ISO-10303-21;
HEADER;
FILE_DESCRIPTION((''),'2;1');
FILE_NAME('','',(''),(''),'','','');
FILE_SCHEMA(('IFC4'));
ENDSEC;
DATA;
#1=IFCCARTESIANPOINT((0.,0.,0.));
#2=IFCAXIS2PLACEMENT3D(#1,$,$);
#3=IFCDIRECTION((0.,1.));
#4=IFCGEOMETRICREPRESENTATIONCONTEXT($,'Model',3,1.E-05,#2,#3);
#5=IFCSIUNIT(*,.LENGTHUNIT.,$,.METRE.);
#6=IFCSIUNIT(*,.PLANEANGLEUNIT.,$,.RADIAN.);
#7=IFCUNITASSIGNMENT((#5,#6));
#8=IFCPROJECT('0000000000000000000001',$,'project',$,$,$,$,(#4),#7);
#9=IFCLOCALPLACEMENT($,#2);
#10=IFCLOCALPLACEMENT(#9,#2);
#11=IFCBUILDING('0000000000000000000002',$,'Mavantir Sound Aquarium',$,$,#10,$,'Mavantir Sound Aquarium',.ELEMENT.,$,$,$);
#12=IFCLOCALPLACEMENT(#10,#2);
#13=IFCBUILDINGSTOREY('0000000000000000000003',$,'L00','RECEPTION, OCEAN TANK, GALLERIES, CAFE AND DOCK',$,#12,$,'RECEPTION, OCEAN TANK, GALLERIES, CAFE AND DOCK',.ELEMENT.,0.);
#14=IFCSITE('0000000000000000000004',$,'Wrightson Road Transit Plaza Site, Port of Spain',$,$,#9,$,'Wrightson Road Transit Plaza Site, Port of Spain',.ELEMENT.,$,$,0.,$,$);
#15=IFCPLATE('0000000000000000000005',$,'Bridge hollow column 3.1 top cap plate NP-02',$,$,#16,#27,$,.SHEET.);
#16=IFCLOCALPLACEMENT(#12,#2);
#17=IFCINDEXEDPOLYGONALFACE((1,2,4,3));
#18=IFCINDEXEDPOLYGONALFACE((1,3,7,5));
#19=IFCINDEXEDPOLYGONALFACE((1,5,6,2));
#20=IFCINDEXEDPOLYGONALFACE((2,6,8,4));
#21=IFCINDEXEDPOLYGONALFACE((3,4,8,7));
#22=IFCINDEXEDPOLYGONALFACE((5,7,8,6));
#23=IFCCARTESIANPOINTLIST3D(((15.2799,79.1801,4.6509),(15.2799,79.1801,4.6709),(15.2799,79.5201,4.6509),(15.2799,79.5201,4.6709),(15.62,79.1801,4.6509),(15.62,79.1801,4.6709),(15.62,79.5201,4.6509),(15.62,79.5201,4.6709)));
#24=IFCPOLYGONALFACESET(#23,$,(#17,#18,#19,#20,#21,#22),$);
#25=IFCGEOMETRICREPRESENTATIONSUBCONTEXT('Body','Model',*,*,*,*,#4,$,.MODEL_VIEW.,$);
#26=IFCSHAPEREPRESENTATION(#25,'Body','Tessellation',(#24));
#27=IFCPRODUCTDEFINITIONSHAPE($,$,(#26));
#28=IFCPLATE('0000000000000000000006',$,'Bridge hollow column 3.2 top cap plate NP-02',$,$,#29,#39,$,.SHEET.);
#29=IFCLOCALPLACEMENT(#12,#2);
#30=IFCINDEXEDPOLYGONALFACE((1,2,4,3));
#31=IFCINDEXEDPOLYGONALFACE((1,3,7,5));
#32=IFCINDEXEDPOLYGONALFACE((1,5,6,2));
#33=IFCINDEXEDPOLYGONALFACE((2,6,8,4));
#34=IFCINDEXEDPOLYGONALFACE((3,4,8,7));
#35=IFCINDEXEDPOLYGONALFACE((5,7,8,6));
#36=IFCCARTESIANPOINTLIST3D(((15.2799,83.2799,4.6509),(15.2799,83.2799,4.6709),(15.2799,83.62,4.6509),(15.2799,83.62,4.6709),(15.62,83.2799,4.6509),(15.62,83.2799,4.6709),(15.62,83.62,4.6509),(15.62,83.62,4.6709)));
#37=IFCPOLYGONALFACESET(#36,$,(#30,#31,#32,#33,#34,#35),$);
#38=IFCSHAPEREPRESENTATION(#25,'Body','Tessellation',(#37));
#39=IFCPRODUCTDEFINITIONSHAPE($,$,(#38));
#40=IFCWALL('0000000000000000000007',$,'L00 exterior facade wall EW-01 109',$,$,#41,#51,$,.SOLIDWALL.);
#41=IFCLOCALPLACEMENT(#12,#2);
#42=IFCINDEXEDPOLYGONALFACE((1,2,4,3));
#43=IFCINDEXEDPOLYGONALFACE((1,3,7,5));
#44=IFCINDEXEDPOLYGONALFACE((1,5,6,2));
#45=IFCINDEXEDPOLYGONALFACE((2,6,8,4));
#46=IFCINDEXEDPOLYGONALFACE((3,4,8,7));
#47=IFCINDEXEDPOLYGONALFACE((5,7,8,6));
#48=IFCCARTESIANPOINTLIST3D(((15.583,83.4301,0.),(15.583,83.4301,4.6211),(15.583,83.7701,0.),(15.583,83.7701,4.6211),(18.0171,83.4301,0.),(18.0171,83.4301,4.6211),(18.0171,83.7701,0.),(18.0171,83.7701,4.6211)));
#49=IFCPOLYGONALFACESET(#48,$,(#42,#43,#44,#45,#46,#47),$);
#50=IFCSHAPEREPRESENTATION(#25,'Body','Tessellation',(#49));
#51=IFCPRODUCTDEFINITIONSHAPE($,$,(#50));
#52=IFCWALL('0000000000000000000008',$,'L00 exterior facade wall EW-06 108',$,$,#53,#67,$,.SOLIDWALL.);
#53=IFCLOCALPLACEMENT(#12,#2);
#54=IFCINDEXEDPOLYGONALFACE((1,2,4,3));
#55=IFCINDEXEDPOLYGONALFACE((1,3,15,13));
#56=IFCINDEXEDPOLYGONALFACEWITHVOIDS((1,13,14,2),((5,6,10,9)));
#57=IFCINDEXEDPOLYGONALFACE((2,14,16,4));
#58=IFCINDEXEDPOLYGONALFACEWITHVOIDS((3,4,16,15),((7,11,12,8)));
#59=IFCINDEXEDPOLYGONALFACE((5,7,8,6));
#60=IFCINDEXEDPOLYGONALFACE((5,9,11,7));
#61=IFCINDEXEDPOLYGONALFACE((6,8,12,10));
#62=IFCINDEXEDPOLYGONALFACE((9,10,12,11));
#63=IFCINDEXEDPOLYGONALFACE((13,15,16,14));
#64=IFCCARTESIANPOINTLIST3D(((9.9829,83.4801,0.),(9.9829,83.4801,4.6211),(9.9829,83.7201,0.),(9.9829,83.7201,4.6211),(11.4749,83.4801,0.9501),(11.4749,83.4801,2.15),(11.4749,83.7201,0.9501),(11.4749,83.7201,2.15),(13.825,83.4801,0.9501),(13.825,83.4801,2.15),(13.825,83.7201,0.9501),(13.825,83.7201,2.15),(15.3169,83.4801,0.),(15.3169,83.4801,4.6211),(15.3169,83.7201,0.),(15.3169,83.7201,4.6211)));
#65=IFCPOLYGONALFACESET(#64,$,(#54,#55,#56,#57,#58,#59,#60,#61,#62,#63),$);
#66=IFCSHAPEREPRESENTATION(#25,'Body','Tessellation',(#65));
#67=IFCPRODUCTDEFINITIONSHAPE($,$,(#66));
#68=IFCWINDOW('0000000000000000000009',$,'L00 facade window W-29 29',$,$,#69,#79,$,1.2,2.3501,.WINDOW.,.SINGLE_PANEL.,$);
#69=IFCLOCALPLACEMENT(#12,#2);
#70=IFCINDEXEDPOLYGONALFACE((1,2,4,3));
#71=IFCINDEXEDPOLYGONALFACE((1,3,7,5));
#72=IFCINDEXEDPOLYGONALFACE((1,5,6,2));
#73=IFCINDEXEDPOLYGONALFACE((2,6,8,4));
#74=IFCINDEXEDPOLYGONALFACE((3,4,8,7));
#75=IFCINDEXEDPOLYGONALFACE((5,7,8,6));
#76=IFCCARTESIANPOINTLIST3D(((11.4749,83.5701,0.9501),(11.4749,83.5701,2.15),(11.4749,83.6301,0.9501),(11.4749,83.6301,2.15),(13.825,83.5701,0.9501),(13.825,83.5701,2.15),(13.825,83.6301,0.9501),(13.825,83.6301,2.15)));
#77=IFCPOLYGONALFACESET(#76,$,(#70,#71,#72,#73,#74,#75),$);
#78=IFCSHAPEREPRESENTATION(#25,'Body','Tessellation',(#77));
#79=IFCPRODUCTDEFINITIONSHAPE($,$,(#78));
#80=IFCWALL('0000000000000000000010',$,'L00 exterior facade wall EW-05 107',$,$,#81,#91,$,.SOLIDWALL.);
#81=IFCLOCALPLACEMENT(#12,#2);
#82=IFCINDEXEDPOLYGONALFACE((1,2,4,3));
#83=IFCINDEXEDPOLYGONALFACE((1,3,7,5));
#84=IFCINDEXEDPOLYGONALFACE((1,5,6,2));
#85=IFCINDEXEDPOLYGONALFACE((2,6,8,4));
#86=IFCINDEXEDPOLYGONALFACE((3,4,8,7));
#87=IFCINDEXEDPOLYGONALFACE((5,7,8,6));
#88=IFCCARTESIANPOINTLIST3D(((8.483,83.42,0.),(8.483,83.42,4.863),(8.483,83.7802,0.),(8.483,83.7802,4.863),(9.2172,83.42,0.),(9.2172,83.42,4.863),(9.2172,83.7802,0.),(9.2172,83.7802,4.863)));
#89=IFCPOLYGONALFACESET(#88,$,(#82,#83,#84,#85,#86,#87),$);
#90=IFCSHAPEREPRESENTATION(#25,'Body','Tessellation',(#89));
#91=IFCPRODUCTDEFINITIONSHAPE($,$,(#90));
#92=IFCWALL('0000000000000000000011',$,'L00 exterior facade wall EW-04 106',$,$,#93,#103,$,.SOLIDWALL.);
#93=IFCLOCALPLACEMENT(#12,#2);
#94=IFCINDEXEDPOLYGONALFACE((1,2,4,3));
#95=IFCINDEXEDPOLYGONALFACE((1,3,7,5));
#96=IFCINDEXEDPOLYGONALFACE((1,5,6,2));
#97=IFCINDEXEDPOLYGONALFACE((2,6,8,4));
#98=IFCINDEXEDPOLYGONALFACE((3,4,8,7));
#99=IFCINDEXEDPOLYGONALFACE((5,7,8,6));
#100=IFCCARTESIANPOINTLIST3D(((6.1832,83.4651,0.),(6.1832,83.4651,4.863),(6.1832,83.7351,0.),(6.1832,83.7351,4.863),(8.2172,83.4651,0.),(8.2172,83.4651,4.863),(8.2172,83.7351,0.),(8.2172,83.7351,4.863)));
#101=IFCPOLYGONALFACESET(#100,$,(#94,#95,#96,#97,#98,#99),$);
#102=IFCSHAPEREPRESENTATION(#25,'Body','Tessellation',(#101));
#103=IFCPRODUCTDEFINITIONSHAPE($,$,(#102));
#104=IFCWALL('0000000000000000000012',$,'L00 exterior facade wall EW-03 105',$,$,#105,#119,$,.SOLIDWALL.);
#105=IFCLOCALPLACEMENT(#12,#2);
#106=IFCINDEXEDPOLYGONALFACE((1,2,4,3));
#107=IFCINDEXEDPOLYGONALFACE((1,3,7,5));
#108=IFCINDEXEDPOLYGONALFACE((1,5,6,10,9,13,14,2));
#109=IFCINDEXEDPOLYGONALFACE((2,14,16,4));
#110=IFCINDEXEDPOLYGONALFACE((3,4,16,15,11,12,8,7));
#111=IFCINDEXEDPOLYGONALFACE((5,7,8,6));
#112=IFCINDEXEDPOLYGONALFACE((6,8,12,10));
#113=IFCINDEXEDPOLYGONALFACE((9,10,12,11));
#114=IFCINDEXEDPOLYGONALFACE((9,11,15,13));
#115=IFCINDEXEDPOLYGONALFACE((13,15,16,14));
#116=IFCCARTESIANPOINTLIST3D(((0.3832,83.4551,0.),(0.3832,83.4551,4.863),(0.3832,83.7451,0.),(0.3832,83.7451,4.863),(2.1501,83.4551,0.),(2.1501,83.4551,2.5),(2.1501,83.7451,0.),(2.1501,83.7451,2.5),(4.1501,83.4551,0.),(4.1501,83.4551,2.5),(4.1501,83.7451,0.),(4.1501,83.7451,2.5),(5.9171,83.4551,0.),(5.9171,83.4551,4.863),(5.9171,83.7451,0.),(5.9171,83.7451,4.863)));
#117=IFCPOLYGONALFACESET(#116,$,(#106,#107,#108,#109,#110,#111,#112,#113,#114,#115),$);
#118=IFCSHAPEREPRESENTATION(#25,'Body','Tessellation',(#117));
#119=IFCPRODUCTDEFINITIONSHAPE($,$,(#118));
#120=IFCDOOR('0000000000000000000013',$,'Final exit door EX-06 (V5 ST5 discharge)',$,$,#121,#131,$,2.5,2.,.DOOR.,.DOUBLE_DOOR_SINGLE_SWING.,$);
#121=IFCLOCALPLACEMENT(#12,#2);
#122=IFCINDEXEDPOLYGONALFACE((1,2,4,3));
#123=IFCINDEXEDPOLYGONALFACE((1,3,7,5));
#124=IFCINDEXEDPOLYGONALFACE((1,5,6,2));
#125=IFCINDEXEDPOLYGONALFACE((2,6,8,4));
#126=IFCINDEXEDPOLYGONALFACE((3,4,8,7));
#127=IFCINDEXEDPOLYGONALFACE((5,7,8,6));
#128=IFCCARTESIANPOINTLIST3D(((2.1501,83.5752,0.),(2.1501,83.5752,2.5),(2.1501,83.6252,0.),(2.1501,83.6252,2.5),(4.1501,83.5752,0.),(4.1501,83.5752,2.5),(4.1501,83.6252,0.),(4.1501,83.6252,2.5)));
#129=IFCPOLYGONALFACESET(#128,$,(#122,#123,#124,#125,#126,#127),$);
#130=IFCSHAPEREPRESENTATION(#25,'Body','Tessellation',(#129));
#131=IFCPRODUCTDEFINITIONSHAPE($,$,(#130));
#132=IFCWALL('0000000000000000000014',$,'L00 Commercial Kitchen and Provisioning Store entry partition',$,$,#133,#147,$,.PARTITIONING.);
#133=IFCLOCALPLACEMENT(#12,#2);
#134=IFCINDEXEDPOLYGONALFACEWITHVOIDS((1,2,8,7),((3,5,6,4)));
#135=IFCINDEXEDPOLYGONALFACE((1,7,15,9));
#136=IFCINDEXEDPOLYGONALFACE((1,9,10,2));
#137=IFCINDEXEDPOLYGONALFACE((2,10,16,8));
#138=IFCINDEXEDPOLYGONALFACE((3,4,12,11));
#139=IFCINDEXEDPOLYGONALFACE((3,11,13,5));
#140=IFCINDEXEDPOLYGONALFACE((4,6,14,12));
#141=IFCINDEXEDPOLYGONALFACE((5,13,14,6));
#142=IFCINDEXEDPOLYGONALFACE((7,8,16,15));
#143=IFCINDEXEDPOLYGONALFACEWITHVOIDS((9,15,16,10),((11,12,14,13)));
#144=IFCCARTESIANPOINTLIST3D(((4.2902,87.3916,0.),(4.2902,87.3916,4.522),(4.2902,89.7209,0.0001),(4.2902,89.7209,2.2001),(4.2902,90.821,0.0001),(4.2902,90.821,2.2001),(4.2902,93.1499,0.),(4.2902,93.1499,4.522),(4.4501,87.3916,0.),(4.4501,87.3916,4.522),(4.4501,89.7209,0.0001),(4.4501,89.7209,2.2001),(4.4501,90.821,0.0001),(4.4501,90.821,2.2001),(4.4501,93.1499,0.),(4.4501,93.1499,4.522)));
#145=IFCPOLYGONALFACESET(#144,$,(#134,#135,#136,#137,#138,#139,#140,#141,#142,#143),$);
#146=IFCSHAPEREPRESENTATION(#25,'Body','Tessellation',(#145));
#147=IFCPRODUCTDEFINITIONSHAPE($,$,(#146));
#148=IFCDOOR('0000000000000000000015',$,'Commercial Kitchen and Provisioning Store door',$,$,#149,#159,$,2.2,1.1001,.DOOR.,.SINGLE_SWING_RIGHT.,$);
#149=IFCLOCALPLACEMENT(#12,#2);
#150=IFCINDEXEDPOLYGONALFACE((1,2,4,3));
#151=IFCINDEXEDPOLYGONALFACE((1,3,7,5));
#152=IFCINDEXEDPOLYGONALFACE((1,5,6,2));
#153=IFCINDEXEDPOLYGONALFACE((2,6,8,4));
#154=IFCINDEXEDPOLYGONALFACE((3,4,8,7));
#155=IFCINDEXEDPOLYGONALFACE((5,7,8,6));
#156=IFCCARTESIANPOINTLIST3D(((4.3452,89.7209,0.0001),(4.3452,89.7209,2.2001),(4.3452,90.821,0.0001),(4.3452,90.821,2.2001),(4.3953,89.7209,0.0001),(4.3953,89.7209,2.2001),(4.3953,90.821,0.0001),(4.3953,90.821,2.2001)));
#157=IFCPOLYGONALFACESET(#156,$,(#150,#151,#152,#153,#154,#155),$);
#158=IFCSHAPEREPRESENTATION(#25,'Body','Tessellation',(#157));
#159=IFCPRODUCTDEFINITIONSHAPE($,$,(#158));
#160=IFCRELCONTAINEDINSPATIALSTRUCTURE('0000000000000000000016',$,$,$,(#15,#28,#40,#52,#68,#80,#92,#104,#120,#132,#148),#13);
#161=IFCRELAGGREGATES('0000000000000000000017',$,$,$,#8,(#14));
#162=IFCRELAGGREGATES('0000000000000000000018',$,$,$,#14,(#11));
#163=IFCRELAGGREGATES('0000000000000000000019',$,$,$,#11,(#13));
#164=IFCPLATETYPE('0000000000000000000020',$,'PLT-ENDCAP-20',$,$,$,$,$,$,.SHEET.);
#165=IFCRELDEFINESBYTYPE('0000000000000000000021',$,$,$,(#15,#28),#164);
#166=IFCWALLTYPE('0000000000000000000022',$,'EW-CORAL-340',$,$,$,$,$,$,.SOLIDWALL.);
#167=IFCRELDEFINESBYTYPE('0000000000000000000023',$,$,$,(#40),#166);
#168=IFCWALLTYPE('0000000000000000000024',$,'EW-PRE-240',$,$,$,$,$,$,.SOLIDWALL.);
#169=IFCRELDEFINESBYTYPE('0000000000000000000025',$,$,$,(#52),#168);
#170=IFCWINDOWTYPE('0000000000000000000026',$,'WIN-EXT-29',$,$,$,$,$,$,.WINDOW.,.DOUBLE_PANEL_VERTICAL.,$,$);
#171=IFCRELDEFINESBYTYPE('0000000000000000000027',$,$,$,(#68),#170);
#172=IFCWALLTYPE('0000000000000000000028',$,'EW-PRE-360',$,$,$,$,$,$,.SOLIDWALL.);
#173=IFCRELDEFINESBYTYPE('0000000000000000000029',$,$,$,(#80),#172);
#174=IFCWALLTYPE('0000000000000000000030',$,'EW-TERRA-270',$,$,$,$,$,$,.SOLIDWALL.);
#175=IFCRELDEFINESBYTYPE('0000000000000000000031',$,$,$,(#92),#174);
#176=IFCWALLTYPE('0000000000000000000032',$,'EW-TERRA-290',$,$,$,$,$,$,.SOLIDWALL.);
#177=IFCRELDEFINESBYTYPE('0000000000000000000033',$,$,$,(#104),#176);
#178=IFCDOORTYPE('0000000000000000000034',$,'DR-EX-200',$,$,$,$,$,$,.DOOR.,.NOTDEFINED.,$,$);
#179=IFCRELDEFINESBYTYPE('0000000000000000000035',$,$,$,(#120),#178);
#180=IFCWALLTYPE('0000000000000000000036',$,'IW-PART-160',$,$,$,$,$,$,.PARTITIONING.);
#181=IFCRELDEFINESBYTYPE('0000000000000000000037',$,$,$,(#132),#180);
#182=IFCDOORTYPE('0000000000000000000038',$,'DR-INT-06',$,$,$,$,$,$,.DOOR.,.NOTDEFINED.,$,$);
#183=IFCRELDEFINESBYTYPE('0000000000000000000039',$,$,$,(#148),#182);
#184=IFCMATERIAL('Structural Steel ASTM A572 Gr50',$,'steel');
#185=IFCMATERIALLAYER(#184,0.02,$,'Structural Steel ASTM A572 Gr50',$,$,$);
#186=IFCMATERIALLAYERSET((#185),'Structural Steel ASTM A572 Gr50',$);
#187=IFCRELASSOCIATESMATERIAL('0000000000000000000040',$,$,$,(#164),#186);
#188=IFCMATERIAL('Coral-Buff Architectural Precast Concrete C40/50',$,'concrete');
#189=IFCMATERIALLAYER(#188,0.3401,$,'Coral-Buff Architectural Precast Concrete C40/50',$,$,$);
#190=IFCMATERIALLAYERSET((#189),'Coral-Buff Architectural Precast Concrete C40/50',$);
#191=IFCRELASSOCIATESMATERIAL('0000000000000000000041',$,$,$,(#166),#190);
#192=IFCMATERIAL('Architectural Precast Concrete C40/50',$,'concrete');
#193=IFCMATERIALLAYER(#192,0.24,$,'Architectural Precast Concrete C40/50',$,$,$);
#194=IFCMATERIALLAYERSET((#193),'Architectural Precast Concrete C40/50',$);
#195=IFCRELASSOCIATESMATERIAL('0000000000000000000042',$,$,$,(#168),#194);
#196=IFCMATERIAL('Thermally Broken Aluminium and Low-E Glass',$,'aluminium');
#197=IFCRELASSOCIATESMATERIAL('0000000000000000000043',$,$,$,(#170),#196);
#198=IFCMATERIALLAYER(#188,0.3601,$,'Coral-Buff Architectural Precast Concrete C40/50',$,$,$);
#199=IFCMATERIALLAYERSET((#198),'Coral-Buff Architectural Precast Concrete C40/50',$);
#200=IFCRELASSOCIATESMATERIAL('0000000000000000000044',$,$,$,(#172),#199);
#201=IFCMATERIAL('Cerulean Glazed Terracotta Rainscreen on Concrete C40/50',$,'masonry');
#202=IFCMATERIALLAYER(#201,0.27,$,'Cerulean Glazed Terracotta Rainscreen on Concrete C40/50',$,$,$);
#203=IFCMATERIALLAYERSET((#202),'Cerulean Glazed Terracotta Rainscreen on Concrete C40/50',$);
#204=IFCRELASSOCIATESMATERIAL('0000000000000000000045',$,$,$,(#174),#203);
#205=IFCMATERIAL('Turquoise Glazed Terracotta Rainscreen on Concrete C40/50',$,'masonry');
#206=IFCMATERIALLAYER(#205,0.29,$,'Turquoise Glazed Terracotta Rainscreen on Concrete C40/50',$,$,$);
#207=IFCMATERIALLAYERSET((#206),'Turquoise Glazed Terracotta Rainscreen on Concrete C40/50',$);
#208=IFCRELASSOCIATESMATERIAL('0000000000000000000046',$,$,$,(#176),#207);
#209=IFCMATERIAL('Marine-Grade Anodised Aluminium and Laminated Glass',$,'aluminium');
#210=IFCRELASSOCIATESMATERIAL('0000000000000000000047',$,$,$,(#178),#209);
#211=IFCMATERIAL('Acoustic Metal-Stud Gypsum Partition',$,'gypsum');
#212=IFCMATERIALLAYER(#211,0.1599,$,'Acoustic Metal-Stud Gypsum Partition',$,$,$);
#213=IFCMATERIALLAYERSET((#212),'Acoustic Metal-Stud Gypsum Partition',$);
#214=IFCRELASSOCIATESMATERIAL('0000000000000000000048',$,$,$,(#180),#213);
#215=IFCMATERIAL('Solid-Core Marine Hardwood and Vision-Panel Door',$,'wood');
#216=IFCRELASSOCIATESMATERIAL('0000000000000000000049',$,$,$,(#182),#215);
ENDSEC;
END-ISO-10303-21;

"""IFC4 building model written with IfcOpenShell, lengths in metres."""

from ifc_helpers import new_model, si_unit, direction, frame, frame_2d, origin, origin_2d, place, context, subcontext, project, spatial, rectangle, extrude, material, layer, layer_set, type_object, element, fill, save


model = new_model("IFC4")

# Units and contexts
model_context = context("Model", 3, precision=1e-05, world=origin(), true_north=direction((0.0, 1.0)))
body_context = subcontext(model_context, "Body", "Model", "MODEL_VIEW")
ifc_project = project(units=[si_unit("LENGTHUNIT", "METRE"), si_unit("PLANEANGLEUNIT", "RADIAN")], contexts=[model_context])

# Site, building, storey
site_placement = place(None, origin())
site = spatial("IfcSite", under=ifc_project, at=site_placement, Name="Wrightson Road Transit Plaza Site, Port of Spain", LongName="Wrightson Road Transit Plaza Site, Port of Spain", CompositionType="ELEMENT", RefElevation=0.0)
building_placement = place(site_placement, origin())
building = spatial("IfcBuilding", under=site, at=building_placement, Name="Mavantir Sound Aquarium", LongName="Mavantir Sound Aquarium", CompositionType="ELEMENT")
storey_placement = place(building_placement, origin())
storey = spatial("IfcBuildingStorey", under=building, at=storey_placement, Name="L00", Description="RECEPTION, OCEAN TANK, GALLERIES, CAFE AND DOCK", LongName="RECEPTION, OCEAN TANK, GALLERIES, CAFE AND DOCK", CompositionType="ELEMENT", Elevation=0.0)

# Plates
ifc_material_1 = material(Name="Structural Steel ASTM A572 Gr50", Category="steel")
ifc_layer_1 = layer(ifc_material_1, 0.02, Name="Structural Steel ASTM A572 Gr50")
ifc_layer_set_1 = layer_set([ifc_layer_1], Name="Structural Steel ASTM A572 Gr50")
plate_type = type_object("IfcPlateType", Name="PLT-ENDCAP-20", PredefinedType="SHEET", material=ifc_layer_set_1)
for number, where, z_axis, x_axis, name in (
    (1, (15.45, 79.3501, 4.6509), (0.0, 0.0, 1.0), (1.0, 0.0, 0.0), "Bridge hollow column 3.1 top cap plate NP-02"),
    (2, (15.45, 83.45, 4.6509), (0.0, 0.0, 1.0), (1.0, 0.0, 0.0), "Bridge hollow column 3.2 top cap plate NP-02"),
):
    element("IfcPlate", number, at=place(storey_placement, frame(where, z_axis=z_axis, x_axis=x_axis)), inside=storey, type_object=plate_type, Name=name, PredefinedType="SHEET", context=body_context, shape_type="SweptSolid", body=[
        extrude(rectangle(XDim=0.3401, YDim=0.3401, at=origin_2d()), origin(), (0.0, 0.0, 1.0), 0.02),
    ])

# Wall
ifc_material_2 = material(Name="Coral-Buff Architectural Precast Concrete C40/50", Category="concrete")
ifc_layer_2 = layer(ifc_material_2, 0.3401, Name="Coral-Buff Architectural Precast Concrete C40/50")
ifc_layer_set_2 = layer_set([ifc_layer_2], Name="Coral-Buff Architectural Precast Concrete C40/50")
wall_type_1 = type_object("IfcWallType", Name="EW-CORAL-340", PredefinedType="SOLIDWALL", material=ifc_layer_set_2)
wall_1_placement = place(storey_placement, frame((15.583, 83.6001, 0.0), z_axis=(0.0, 0.0, 1.0), x_axis=(1.0, 0.0, 0.0)))
element("IfcWall", 3, at=wall_1_placement, inside=storey, type_object=wall_type_1, Name="L00 exterior facade wall EW-01 109", PredefinedType="SOLIDWALL", context=body_context, shape_type="SweptSolid", body=[
    extrude(rectangle(XDim=2.4341, YDim=0.3401, at=frame_2d((1.217, 0.0))), origin(), (0.0, 0.0, 1.0), 4.6211),
])

# Wall, opening, window
ifc_material_3 = material(Name="Architectural Precast Concrete C40/50", Category="concrete")
ifc_layer_3 = layer(ifc_material_3, 0.24, Name="Architectural Precast Concrete C40/50")
ifc_layer_set_3 = layer_set([ifc_layer_3], Name="Architectural Precast Concrete C40/50")
wall_type_2 = type_object("IfcWallType", Name="EW-PRE-240", PredefinedType="SOLIDWALL", material=ifc_layer_set_3)
wall_2_placement = place(storey_placement, frame((9.9829, 83.6001, 0.0), z_axis=(0.0, 0.0, 1.0), x_axis=(1.0, 0.0, 0.0)))
wall_2 = element("IfcWall", 4, at=wall_2_placement, inside=storey, type_object=wall_type_2, Name="L00 exterior facade wall EW-06 108", PredefinedType="SOLIDWALL", context=body_context, shape_type="SweptSolid", body=[
    extrude(rectangle(XDim=5.334, YDim=0.24, at=frame_2d((2.667, 0.0))), origin(), (0.0, 0.0, 1.0), 4.6211),
])
opening_1_placement = place(wall_2_placement, frame((1.4919, 0.0, 0.95)))
opening_1 = element("IfcOpeningElement", 5, at=opening_1_placement, cuts=wall_2, PredefinedType="OPENING", context=body_context, shape_type="SweptSolid", body=[
    extrude(rectangle(XDim=2.3501, YDim=1.2, at=frame_2d((1.175, 0.6001))), frame((0.0, 0.1299, 0.0), z_axis=(0.0, -1.0, 0.0), x_axis=(1.0, 0.0, 0.0)), (0.0, 0.0, 1.0), 0.26),
])
ifc_material_4 = material(Name="Thermally Broken Aluminium and Low-E Glass", Category="aluminium")
window_type = type_object("IfcWindowType", Name="WIN-EXT-29", PartitioningType="DOUBLE_PANEL_VERTICAL", PredefinedType="WINDOW", material=ifc_material_4)
window_placement = place(opening_1_placement, origin())
window = element("IfcWindow", 6, at=window_placement, inside=storey, type_object=window_type, Name="L00 facade window W-29 29", OverallHeight=1.2, OverallWidth=2.3501, PartitioningType="SINGLE_PANEL", PredefinedType="WINDOW", context=body_context, shape_type="SweptSolid", body=[
    extrude(rectangle(XDim=2.3501, YDim=1.2, at=frame_2d((1.175, 0.6001))), frame((0.0, 0.03, 0.0), z_axis=(0.0, -1.0, 0.0), x_axis=(1.0, 0.0, 0.0)), (0.0, 0.0, 1.0), 0.0601),
])
fill(opening_1, window)

# Walls
ifc_layer_4 = layer(ifc_material_2, 0.3601, Name="Coral-Buff Architectural Precast Concrete C40/50")
ifc_layer_set_4 = layer_set([ifc_layer_4], Name="Coral-Buff Architectural Precast Concrete C40/50")
wall_type_3 = type_object("IfcWallType", Name="EW-PRE-360", PredefinedType="SOLIDWALL", material=ifc_layer_set_4)
wall_3_placement = place(storey_placement, frame((8.4829, 83.6001, 0.0), z_axis=(0.0, 0.0, 1.0), x_axis=(1.0, 0.0, 0.0)))
element("IfcWall", 7, at=wall_3_placement, inside=storey, type_object=wall_type_3, Name="L00 exterior facade wall EW-05 107", PredefinedType="SOLIDWALL", context=body_context, shape_type="SweptSolid", body=[
    extrude(rectangle(XDim=0.7341, YDim=0.3601, at=frame_2d((0.3672, 0.0))), origin(), (0.0, 0.0, 1.0), 4.863),
])
ifc_material_5 = material(Name="Cerulean Glazed Terracotta Rainscreen on Concrete C40/50", Category="masonry")
ifc_layer_5 = layer(ifc_material_5, 0.27, Name="Cerulean Glazed Terracotta Rainscreen on Concrete C40/50")
ifc_layer_set_5 = layer_set([ifc_layer_5], Name="Cerulean Glazed Terracotta Rainscreen on Concrete C40/50")
wall_type_4 = type_object("IfcWallType", Name="EW-TERRA-270", PredefinedType="SOLIDWALL", material=ifc_layer_set_5)
wall_4_placement = place(storey_placement, frame((6.1831, 83.6001, 0.0), z_axis=(0.0, 0.0, 1.0), x_axis=(1.0, 0.0, 0.0)))
element("IfcWall", 8, at=wall_4_placement, inside=storey, type_object=wall_type_4, Name="L00 exterior facade wall EW-04 106", PredefinedType="SOLIDWALL", context=body_context, shape_type="SweptSolid", body=[
    extrude(rectangle(XDim=2.0339, YDim=0.27, at=frame_2d((1.0171, 0.0))), origin(), (0.0, 0.0, 1.0), 4.863),
])

# Walls, openings, doors
ifc_material_6 = material(Name="Turquoise Glazed Terracotta Rainscreen on Concrete C40/50", Category="masonry")
ifc_layer_6 = layer(ifc_material_6, 0.29, Name="Turquoise Glazed Terracotta Rainscreen on Concrete C40/50")
ifc_layer_set_6 = layer_set([ifc_layer_6], Name="Turquoise Glazed Terracotta Rainscreen on Concrete C40/50")
wall_type_5 = type_object("IfcWallType", Name="EW-TERRA-290", PredefinedType="SOLIDWALL", material=ifc_layer_set_6)
wall_5_placement = place(storey_placement, frame((0.3831, 83.6001, 0.0), z_axis=(0.0, 0.0, 1.0), x_axis=(1.0, 0.0, 0.0)))
wall_5 = element("IfcWall", 9, at=wall_5_placement, inside=storey, type_object=wall_type_5, Name="L00 exterior facade wall EW-03 105", PredefinedType="SOLIDWALL", context=body_context, shape_type="SweptSolid", body=[
    extrude(rectangle(XDim=5.5339, YDim=0.29, at=frame_2d((2.7671, 0.0))), origin(), (0.0, 0.0, 1.0), 4.863),
])
opening_2_placement = place(wall_5_placement, frame((3.7671, 0.0, 0.0), z_axis=(0.0, 0.0, 1.0), x_axis=(-1.0, 0.0, 0.0)))
opening_2 = element("IfcOpeningElement", 10, at=opening_2_placement, cuts=wall_5, PredefinedType="OPENING", context=body_context, shape_type="SweptSolid", body=[
    extrude(rectangle(XDim=2.0, YDim=2.5, at=frame_2d((1.0, 1.25))), frame((0.0, 0.155, 0.0), z_axis=(0.0, -1.0, 0.0), x_axis=(1.0, 0.0, 0.0)), (0.0, 0.0, 1.0), 0.3101),
])
ifc_material_7 = material(Name="Marine-Grade Anodised Aluminium and Laminated Glass", Category="aluminium")
door_type_1 = type_object("IfcDoorType", Name="DR-EX-200", OperationType="NOTDEFINED", PredefinedType="DOOR", material=ifc_material_7)
door_1_placement = place(opening_2_placement, origin())
door_1 = element("IfcDoor", 11, at=door_1_placement, inside=storey, type_object=door_type_1, Name="Final exit door EX-06 (V5 ST5 discharge)", OperationType="DOUBLE_DOOR_SINGLE_SWING", OverallHeight=2.5, OverallWidth=2.0, PredefinedType="DOOR", context=body_context, shape_type="SweptSolid", body=[
    extrude(rectangle(XDim=2.0, YDim=2.5, at=frame_2d((1.0, 1.25))), frame((0.0, 0.0249, 0.0), z_axis=(0.0, -1.0, 0.0), x_axis=(1.0, 0.0, 0.0)), (0.0, 0.0, 1.0), 0.05),
])
fill(opening_2, door_1)
ifc_material_8 = material(Name="Acoustic Metal-Stud Gypsum Partition", Category="gypsum")
ifc_layer_7 = layer(ifc_material_8, 0.1599, Name="Acoustic Metal-Stud Gypsum Partition")
ifc_layer_set_7 = layer_set([ifc_layer_7], Name="Acoustic Metal-Stud Gypsum Partition")
wall_type_6 = type_object("IfcWallType", Name="IW-PART-160", PredefinedType="PARTITIONING", material=ifc_layer_set_7)
wall_6_placement = place(storey_placement, frame((4.3701, 87.3916, 0.0), z_axis=(0.0, 0.0, 1.0), x_axis=(0.0, 1.0, 0.0)))
wall_6 = element("IfcWall", 12, at=wall_6_placement, inside=storey, type_object=wall_type_6, Name="L00 Commercial Kitchen and Provisioning Store entry partition", PredefinedType="PARTITIONING", context=body_context, shape_type="SweptSolid", body=[
    extrude(rectangle(XDim=5.7583, YDim=0.1599, at=frame_2d((2.8792, 0.0))), origin(), (0.0, 0.0, 1.0), 4.522),
])
opening_3_placement = place(wall_6_placement, frame((2.3293, 0.0, 0.0)))
opening_3 = element("IfcOpeningElement", 13, at=opening_3_placement, cuts=wall_6, PredefinedType="OPENING", context=body_context, shape_type="SweptSolid", body=[
    extrude(rectangle(XDim=1.1001, YDim=2.2, at=frame_2d((0.55, 1.1001))), frame((0.0, 0.0898, 0.0), z_axis=(0.0, -1.0, 0.0), x_axis=(1.0, 0.0, 0.0)), (0.0, 0.0, 1.0), 0.1799),
])
ifc_material_9 = material(Name="Solid-Core Marine Hardwood and Vision-Panel Door", Category="wood")
door_type_2 = type_object("IfcDoorType", Name="DR-INT-06", OperationType="NOTDEFINED", PredefinedType="DOOR", material=ifc_material_9)
door_2_placement = place(opening_3_placement, origin())
door_2 = element("IfcDoor", 14, at=door_2_placement, inside=storey, type_object=door_type_2, Name="Commercial Kitchen and Provisioning Store door", OperationType="SINGLE_SWING_RIGHT", OverallHeight=2.2, OverallWidth=1.1001, PredefinedType="DOOR", context=body_context, shape_type="SweptSolid", body=[
    extrude(rectangle(XDim=1.1001, YDim=2.2, at=frame_2d((0.55, 1.1001))), frame((0.0, 0.0249, 0.0), z_axis=(0.0, -1.0, 0.0), x_axis=(1.0, 0.0, 0.0)), (0.0, 0.0, 1.0), 0.05),
])
fill(opening_3, door_2)

save(model, "model.ifc")
